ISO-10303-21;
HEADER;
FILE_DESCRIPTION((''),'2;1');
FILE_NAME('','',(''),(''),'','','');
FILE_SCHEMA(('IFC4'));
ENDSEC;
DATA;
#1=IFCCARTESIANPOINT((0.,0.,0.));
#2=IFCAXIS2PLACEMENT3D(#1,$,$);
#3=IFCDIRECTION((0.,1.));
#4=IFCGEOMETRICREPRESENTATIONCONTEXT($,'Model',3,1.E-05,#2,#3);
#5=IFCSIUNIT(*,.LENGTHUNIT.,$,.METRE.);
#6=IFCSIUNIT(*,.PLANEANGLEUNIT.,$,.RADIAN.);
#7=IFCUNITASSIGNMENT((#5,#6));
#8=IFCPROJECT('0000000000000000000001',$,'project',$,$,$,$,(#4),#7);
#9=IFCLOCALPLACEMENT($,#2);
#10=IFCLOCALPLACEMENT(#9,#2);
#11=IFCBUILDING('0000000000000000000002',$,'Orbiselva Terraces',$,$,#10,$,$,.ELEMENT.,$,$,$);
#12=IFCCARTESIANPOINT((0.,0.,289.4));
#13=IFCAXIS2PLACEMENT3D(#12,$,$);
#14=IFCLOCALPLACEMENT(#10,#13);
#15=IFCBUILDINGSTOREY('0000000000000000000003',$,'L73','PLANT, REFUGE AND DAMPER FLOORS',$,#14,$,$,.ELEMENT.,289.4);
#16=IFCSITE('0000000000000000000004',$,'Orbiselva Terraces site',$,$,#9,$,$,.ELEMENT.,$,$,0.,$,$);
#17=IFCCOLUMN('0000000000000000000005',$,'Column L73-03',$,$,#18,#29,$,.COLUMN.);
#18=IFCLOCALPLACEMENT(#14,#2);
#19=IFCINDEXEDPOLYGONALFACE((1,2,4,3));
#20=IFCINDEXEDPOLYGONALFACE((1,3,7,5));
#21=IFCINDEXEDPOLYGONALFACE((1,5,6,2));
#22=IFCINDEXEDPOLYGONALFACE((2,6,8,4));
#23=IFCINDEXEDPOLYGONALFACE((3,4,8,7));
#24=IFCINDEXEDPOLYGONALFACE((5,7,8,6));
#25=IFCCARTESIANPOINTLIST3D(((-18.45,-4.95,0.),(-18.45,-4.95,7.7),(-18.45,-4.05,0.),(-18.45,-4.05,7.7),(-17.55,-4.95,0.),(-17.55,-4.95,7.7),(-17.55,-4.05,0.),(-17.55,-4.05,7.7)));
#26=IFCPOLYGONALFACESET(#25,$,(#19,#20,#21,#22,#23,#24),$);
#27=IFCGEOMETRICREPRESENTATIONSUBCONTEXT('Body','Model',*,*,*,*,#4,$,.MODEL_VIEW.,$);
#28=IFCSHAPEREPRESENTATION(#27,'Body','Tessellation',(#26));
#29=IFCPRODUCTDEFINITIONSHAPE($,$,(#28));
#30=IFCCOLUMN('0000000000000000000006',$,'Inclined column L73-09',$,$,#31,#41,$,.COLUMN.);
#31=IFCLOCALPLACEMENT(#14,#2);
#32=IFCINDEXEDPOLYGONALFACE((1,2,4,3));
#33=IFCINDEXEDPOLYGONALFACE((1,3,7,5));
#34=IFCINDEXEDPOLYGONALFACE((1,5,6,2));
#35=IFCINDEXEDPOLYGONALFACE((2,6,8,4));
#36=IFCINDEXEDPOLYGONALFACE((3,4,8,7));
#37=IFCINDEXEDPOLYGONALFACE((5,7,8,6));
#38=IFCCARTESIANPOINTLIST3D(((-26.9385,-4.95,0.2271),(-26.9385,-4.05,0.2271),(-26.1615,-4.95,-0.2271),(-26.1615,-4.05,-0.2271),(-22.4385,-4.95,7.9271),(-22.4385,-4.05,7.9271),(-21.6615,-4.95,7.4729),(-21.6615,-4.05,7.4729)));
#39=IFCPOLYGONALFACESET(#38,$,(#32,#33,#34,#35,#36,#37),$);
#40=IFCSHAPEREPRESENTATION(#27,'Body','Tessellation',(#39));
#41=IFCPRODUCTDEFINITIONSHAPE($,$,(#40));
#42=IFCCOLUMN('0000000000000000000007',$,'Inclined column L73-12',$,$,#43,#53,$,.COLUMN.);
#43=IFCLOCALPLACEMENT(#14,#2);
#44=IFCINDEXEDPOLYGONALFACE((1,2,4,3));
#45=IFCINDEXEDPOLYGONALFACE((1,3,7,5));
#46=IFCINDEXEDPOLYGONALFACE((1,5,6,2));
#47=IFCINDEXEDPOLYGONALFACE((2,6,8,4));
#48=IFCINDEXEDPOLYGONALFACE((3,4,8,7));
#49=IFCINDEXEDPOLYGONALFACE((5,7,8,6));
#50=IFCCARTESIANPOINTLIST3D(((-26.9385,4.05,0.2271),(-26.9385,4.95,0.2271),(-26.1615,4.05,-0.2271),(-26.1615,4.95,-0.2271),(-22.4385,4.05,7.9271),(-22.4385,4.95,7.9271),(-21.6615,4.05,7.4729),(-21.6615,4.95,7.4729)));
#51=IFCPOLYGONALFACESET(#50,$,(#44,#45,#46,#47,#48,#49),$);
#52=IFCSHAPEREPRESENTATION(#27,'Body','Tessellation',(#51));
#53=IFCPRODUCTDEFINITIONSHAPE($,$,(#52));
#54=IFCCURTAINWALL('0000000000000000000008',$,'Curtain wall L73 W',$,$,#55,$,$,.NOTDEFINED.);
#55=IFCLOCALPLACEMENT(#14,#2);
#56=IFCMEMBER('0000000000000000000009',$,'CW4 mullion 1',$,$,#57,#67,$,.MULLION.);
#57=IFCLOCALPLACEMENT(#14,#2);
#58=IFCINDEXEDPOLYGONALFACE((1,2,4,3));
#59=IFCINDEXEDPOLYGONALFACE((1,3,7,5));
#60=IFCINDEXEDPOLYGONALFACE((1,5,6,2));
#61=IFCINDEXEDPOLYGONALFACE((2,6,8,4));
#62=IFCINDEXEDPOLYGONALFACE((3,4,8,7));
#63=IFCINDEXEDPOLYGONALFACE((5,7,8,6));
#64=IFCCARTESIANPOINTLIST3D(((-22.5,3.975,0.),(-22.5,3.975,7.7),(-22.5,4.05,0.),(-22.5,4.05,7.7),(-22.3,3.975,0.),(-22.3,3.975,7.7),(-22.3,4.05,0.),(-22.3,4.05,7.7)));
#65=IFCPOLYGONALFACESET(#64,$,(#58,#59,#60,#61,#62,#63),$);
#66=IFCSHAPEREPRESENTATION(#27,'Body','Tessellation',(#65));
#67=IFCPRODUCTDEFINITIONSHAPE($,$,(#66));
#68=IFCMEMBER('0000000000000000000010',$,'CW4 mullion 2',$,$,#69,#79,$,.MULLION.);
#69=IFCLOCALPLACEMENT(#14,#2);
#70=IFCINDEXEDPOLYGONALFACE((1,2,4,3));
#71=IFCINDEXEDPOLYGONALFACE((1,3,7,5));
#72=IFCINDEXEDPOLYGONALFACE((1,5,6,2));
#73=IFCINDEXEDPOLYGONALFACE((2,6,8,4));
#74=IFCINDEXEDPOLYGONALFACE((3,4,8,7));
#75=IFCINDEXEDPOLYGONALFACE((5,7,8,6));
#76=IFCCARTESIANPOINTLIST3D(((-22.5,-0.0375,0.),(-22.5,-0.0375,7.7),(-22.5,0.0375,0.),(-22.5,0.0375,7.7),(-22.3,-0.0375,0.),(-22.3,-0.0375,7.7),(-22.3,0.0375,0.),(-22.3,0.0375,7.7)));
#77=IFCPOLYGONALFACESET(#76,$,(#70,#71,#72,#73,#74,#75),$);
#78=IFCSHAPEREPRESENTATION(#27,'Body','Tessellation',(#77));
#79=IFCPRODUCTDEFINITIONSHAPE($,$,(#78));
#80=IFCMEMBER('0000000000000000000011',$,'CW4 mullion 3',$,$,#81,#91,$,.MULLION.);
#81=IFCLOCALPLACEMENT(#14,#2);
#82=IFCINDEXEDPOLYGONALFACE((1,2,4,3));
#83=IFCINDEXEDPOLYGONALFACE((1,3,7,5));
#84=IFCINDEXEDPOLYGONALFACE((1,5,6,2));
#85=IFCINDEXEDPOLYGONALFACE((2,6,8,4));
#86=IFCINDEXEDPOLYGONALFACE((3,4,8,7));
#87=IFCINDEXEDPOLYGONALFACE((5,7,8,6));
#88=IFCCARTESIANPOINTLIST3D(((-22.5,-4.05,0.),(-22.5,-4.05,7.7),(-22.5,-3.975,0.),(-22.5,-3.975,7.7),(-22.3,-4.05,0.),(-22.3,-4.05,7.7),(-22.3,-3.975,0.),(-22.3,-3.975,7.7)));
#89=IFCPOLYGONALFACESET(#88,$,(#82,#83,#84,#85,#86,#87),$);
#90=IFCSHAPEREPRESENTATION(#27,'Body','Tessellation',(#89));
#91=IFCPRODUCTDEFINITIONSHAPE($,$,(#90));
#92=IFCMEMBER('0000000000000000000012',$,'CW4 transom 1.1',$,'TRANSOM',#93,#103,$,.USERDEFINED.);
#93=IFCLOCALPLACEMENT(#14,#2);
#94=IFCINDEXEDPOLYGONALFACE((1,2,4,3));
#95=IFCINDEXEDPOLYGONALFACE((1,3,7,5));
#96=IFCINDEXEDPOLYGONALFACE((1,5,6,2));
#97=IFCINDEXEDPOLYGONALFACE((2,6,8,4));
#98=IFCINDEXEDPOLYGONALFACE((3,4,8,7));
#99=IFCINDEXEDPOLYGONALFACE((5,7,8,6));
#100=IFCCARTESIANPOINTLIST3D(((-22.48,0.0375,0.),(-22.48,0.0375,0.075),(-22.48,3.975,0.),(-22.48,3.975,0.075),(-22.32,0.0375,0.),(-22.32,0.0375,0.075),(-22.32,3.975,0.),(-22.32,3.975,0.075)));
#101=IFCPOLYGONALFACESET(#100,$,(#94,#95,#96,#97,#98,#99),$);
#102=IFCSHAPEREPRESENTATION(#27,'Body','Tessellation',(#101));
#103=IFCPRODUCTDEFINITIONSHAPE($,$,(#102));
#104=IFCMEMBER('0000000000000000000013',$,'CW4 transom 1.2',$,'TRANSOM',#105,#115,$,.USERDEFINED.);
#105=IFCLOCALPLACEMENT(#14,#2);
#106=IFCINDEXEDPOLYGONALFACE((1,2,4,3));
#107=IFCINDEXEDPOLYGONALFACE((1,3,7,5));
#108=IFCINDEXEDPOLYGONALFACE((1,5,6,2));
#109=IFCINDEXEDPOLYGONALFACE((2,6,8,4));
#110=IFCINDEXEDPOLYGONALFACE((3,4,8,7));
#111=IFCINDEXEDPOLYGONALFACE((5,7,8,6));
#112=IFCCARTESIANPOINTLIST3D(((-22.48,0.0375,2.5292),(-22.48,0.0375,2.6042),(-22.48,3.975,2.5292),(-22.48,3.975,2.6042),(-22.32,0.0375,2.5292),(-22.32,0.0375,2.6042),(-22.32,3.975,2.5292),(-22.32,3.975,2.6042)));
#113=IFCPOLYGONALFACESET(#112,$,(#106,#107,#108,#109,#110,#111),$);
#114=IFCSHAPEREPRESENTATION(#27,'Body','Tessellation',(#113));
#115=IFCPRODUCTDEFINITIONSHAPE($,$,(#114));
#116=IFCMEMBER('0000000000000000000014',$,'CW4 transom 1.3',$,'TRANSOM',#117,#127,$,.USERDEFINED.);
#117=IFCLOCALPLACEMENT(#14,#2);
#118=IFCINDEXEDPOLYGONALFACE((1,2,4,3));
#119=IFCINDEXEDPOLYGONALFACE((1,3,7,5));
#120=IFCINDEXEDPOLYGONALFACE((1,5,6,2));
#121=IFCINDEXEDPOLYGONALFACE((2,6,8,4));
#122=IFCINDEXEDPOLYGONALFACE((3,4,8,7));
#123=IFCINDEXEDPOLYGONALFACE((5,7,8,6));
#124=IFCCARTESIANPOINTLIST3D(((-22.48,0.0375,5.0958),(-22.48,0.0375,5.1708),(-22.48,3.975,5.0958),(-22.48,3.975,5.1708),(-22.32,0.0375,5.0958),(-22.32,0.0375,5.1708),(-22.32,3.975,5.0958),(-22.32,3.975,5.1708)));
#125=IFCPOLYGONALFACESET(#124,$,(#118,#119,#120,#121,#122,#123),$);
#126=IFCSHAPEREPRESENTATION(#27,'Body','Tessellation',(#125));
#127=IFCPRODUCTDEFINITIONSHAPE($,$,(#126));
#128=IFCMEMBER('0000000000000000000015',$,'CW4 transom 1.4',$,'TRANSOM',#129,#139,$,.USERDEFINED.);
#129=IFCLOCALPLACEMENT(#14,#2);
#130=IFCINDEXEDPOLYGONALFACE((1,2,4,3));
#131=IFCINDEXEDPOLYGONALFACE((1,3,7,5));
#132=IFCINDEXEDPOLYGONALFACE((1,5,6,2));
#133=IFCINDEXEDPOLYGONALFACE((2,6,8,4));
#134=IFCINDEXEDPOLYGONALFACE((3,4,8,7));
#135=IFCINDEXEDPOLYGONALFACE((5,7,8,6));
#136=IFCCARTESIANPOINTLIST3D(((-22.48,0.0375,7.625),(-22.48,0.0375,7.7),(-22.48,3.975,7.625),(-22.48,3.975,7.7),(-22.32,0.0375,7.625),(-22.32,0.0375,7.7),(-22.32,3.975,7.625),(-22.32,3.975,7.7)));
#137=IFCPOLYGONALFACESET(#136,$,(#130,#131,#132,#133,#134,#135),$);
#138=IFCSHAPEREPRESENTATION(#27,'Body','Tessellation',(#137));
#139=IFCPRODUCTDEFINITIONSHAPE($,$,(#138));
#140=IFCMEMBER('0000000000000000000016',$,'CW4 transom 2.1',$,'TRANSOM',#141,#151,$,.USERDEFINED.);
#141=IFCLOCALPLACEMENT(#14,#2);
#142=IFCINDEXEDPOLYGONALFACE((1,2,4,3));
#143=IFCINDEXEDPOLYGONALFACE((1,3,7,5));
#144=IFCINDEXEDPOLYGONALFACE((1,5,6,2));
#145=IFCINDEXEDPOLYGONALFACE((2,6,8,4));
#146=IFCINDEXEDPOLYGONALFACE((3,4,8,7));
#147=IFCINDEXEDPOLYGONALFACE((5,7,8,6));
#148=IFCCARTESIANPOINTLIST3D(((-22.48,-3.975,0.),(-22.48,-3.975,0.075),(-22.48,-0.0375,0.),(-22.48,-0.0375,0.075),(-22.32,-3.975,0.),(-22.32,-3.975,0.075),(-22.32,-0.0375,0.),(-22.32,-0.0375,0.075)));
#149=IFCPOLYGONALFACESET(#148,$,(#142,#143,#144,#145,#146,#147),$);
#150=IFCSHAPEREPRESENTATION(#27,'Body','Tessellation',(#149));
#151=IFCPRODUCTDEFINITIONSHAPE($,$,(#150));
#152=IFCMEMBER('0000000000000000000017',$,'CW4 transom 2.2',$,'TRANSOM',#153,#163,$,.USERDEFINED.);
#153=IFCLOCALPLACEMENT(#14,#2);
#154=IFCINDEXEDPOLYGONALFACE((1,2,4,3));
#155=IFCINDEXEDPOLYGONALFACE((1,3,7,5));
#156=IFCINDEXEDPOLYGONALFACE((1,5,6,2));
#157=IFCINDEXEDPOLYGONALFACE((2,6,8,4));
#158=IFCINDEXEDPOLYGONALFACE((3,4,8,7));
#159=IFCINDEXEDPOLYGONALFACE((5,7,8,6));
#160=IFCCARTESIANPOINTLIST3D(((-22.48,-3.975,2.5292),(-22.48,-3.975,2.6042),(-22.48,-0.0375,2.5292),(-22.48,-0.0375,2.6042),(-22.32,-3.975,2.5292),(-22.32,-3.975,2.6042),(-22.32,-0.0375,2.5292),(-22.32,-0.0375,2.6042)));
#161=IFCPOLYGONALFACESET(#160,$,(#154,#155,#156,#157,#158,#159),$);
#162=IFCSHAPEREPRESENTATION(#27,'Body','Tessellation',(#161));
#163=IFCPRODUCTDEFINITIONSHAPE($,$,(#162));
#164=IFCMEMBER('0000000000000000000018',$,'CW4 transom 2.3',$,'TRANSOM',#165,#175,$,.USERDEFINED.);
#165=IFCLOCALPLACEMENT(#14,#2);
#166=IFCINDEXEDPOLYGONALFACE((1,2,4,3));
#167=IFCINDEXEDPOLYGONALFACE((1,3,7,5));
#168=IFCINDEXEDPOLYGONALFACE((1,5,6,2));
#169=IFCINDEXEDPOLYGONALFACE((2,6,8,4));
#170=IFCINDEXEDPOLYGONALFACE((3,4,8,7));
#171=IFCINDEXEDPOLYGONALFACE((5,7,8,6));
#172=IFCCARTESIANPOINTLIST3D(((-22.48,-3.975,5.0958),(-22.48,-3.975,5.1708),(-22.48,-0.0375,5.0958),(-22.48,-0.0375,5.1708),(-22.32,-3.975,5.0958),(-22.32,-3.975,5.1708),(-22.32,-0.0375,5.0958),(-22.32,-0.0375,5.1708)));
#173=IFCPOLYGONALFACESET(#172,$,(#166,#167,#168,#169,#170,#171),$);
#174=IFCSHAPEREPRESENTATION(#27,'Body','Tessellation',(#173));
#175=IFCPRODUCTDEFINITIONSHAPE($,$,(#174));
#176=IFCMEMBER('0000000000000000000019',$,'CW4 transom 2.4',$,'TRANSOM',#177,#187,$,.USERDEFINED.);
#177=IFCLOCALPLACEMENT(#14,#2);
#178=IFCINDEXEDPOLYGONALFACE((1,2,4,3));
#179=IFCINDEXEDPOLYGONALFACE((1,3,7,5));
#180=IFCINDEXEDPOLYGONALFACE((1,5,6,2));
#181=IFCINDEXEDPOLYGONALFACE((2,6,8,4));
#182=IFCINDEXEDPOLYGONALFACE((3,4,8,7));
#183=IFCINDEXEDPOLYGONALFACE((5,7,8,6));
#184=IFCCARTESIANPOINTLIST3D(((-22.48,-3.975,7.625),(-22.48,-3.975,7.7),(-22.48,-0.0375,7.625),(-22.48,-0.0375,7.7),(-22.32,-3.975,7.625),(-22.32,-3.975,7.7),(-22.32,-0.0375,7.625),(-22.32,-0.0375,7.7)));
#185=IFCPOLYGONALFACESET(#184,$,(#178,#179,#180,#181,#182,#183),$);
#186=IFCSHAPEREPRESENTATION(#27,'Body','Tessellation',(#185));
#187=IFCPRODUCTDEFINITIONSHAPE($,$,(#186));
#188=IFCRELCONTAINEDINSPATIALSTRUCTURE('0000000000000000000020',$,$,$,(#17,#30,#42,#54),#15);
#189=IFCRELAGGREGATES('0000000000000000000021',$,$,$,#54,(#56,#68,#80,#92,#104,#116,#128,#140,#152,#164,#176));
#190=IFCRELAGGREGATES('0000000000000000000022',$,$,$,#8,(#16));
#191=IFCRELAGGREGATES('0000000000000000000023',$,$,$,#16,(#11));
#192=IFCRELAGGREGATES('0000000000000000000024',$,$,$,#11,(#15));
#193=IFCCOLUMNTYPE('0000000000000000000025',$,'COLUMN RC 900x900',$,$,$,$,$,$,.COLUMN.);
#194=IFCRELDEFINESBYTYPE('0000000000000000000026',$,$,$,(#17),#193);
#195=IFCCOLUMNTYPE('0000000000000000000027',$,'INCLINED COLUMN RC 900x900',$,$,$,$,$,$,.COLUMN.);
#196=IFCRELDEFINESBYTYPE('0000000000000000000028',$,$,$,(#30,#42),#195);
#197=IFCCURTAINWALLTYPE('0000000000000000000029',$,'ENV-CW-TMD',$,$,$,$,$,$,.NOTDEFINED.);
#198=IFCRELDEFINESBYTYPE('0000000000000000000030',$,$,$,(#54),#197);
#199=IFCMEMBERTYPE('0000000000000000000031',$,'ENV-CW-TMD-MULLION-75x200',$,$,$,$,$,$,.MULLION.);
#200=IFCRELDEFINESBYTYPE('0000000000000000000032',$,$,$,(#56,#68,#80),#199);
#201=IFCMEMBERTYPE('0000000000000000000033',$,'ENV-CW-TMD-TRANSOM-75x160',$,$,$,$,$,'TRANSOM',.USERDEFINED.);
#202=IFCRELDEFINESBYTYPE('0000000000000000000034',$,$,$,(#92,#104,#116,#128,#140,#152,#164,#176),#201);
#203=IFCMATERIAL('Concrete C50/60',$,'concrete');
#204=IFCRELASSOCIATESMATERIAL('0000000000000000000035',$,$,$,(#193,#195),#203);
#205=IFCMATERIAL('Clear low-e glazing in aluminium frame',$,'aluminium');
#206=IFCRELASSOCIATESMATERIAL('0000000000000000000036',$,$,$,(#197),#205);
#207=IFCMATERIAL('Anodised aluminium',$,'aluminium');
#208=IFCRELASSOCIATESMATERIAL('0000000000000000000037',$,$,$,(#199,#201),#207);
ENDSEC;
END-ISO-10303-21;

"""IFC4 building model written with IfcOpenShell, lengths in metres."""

from ifc_helpers import new_model, si_unit, direction, frame, origin, origin_2d, place, context, subcontext, project, spatial, rectangle, extrude, material, material_profile, profile_set, type_object, element, aggregate, save


model = new_model("IFC4")

# Units and contexts
model_context = context("Model", 3, precision=1e-05, world=origin(), true_north=direction((0.0, 1.0)))
body_context = subcontext(model_context, "Body", "Model", "MODEL_VIEW")
ifc_project = project(units=[si_unit("LENGTHUNIT", "METRE"), si_unit("PLANEANGLEUNIT", "RADIAN")], contexts=[model_context])

# Site, building, storey
site_placement = place(None, origin())
site = spatial("IfcSite", under=ifc_project, at=site_placement, Name="Orbiselva Terraces site", CompositionType="ELEMENT", RefElevation=0.0)
building_placement = place(site_placement, origin())
building = spatial("IfcBuilding", under=site, at=building_placement, Name="Orbiselva Terraces", CompositionType="ELEMENT")
storey_placement = place(building_placement, frame((0.0, 0.0, 289.4)))
storey = spatial("IfcBuildingStorey", under=building, at=storey_placement, Name="L73", Description="PLANT, REFUGE AND DAMPER FLOORS", CompositionType="ELEMENT", Elevation=289.4)

# Columns
ifc_material_1 = material(Name="Concrete C50/60", Category="concrete")
ifc_material_profile_1 = material_profile(ifc_material_1, rectangle(XDim=0.9, YDim=0.9, at=origin_2d()), Name="RC 900x900")
ifc_profile_set_1 = profile_set([ifc_material_profile_1], Name="Concrete C50/60")
column_type_1 = type_object("IfcColumnType", Name="COLUMN RC 900x900", PredefinedType="COLUMN", material=ifc_profile_set_1)
column_placement = place(storey_placement, frame((-18.0, -4.5, 0.0), z_axis=(0.0, 0.0, 1.0), x_axis=(1.0, 0.0, 0.0)))
element("IfcColumn", 1, at=column_placement, inside=storey, type_object=column_type_1, Name="Column L73-03", PredefinedType="COLUMN", context=body_context, shape_type="SweptSolid", body=[
    extrude(rectangle(XDim=0.9, YDim=0.9, at=origin_2d()), origin(), (0.0, 0.0, 1.0), 7.7),
])
ifc_material_profile_2 = material_profile(ifc_material_1, rectangle(XDim=0.9, YDim=0.9, at=origin_2d()), Name="RC 900x900")
ifc_profile_set_2 = profile_set([ifc_material_profile_2], Name="Concrete C50/60")
column_type_2 = type_object("IfcColumnType", Name="INCLINED COLUMN RC 900x900", PredefinedType="COLUMN", material=ifc_profile_set_2)
for number, where, z_axis, x_axis, name in (
    (2, (-26.55, -4.5, 0.0), (0.504568, 0.0, 0.863372), (0.0, 1.0, 0.0), "Inclined column L73-09"),
    (3, (-26.55, 4.5, 0.0), (0.504568, 0.0, 0.863372), (0.0, 1.0, 0.0), "Inclined column L73-12"),
):
    element("IfcColumn", number, at=place(storey_placement, frame(where, z_axis=z_axis, x_axis=x_axis)), inside=storey, type_object=column_type_2, Name=name, PredefinedType="COLUMN", context=body_context, shape_type="SweptSolid", body=[
        extrude(rectangle(XDim=0.9, YDim=0.9, at=origin_2d()), origin(), (0.0, 0.0, 1.0), 8.9185),
    ])

# Curtain wall, members
ifc_material_2 = material(Name="Clear low-e glazing in aluminium frame", Category="aluminium")
curtain_wall_type = type_object("IfcCurtainWallType", Name="ENV-CW-TMD", PredefinedType="NOTDEFINED", material=ifc_material_2)
curtain_wall_placement = place(storey_placement, origin())
curtain_wall = element("IfcCurtainWall", 4, at=curtain_wall_placement, inside=storey, type_object=curtain_wall_type, Name="Curtain wall L73 W", PredefinedType="NOTDEFINED")
ifc_material_3 = material(Name="Anodised aluminium", Category="aluminium")
ifc_material_profile_3 = material_profile(ifc_material_3, rectangle(XDim=0.2, YDim=0.075, at=origin_2d()), Name="AL 75x200")
ifc_profile_set_3 = profile_set([ifc_material_profile_3], Name="Anodised aluminium")
member_type_1 = type_object("IfcMemberType", Name="ENV-CW-TMD-MULLION-75x200", PredefinedType="MULLION", material=ifc_profile_set_3)
member_1_placement = place(storey_placement, frame((-22.4, 4.0125, 0.0), z_axis=(0.0, 0.0, 1.0), x_axis=(1.0, 0.0, 0.0)))
member_1 = element("IfcMember", 5, at=member_1_placement, type_object=member_type_1, Name="CW4 mullion 1", PredefinedType="MULLION", context=body_context, shape_type="SweptSolid", body=[
    extrude(rectangle(XDim=0.2, YDim=0.075, at=origin_2d()), origin(), (0.0, 0.0, 1.0), 7.7),
])
member_2_placement = place(storey_placement, frame((-22.4, 0.0, 0.0), z_axis=(0.0, 0.0, 1.0), x_axis=(1.0, 0.0, 0.0)))
member_2 = element("IfcMember", 6, at=member_2_placement, type_object=member_type_1, Name="CW4 mullion 2", PredefinedType="MULLION", context=body_context, shape_type="SweptSolid", body=[
    extrude(rectangle(XDim=0.2, YDim=0.075, at=origin_2d()), origin(), (0.0, 0.0, 1.0), 7.7),
])
member_3_placement = place(storey_placement, frame((-22.4, -4.0125, 0.0), z_axis=(0.0, 0.0, 1.0), x_axis=(1.0, 0.0, 0.0)))
member_3 = element("IfcMember", 7, at=member_3_placement, type_object=member_type_1, Name="CW4 mullion 3", PredefinedType="MULLION", context=body_context, shape_type="SweptSolid", body=[
    extrude(rectangle(XDim=0.2, YDim=0.075, at=origin_2d()), origin(), (0.0, 0.0, 1.0), 7.7),
])
ifc_material_profile_4 = material_profile(ifc_material_3, rectangle(XDim=0.16, YDim=0.075, at=origin_2d()), Name="AL 75x160")
ifc_profile_set_4 = profile_set([ifc_material_profile_4], Name="Anodised aluminium")
member_type_2 = type_object("IfcMemberType", Name="ENV-CW-TMD-TRANSOM-75x160", ElementType="TRANSOM", PredefinedType="USERDEFINED", material=ifc_profile_set_4)
member_4_placement = place(storey_placement, frame((-22.4, 3.975, 0.0375), z_axis=(0.0, -1.0, 0.0), x_axis=(1.0, 0.0, 0.0)))
member_4 = element("IfcMember", 8, at=member_4_placement, type_object=member_type_2, Name="CW4 transom 1.1", ObjectType="TRANSOM", PredefinedType="USERDEFINED", context=body_context, shape_type="SweptSolid", body=[
    extrude(rectangle(XDim=0.16, YDim=0.075, at=origin_2d()), origin(), (0.0, 0.0, 1.0), 3.9375),
])
member_5_placement = place(storey_placement, frame((-22.4, 3.975, 2.5667), z_axis=(0.0, -1.0, 0.0), x_axis=(1.0, 0.0, 0.0)))
member_5 = element("IfcMember", 9, at=member_5_placement, type_object=member_type_2, Name="CW4 transom 1.2", ObjectType="TRANSOM", PredefinedType="USERDEFINED", context=body_context, shape_type="SweptSolid", body=[
    extrude(rectangle(XDim=0.16, YDim=0.075, at=origin_2d()), origin(), (0.0, 0.0, 1.0), 3.9375),
])
member_6_placement = place(storey_placement, frame((-22.4, 3.975, 5.1333), z_axis=(0.0, -1.0, 0.0), x_axis=(1.0, 0.0, 0.0)))
member_6 = element("IfcMember", 10, at=member_6_placement, type_object=member_type_2, Name="CW4 transom 1.3", ObjectType="TRANSOM", PredefinedType="USERDEFINED", context=body_context, shape_type="SweptSolid", body=[
    extrude(rectangle(XDim=0.16, YDim=0.075, at=origin_2d()), origin(), (0.0, 0.0, 1.0), 3.9375),
])
member_7_placement = place(storey_placement, frame((-22.4, 3.975, 7.6625), z_axis=(0.0, -1.0, 0.0), x_axis=(1.0, 0.0, 0.0)))
member_7 = element("IfcMember", 11, at=member_7_placement, type_object=member_type_2, Name="CW4 transom 1.4", ObjectType="TRANSOM", PredefinedType="USERDEFINED", context=body_context, shape_type="SweptSolid", body=[
    extrude(rectangle(XDim=0.16, YDim=0.075, at=origin_2d()), origin(), (0.0, 0.0, 1.0), 3.9375),
])
member_8_placement = place(storey_placement, frame((-22.4, -0.0375, 0.0375), z_axis=(0.0, -1.0, 0.0), x_axis=(1.0, 0.0, 0.0)))
member_8 = element("IfcMember", 12, at=member_8_placement, type_object=member_type_2, Name="CW4 transom 2.1", ObjectType="TRANSOM", PredefinedType="USERDEFINED", context=body_context, shape_type="SweptSolid", body=[
    extrude(rectangle(XDim=0.16, YDim=0.075, at=origin_2d()), origin(), (0.0, 0.0, 1.0), 3.9375),
])
member_9_placement = place(storey_placement, frame((-22.4, -0.0375, 2.5667), z_axis=(0.0, -1.0, 0.0), x_axis=(1.0, 0.0, 0.0)))
member_9 = element("IfcMember", 13, at=member_9_placement, type_object=member_type_2, Name="CW4 transom 2.2", ObjectType="TRANSOM", PredefinedType="USERDEFINED", context=body_context, shape_type="SweptSolid", body=[
    extrude(rectangle(XDim=0.16, YDim=0.075, at=origin_2d()), origin(), (0.0, 0.0, 1.0), 3.9375),
])
member_10_placement = place(storey_placement, frame((-22.4, -0.0375, 5.1333), z_axis=(0.0, -1.0, 0.0), x_axis=(1.0, 0.0, 0.0)))
member_10 = element("IfcMember", 14, at=member_10_placement, type_object=member_type_2, Name="CW4 transom 2.3", ObjectType="TRANSOM", PredefinedType="USERDEFINED", context=body_context, shape_type="SweptSolid", body=[
    extrude(rectangle(XDim=0.16, YDim=0.075, at=origin_2d()), origin(), (0.0, 0.0, 1.0), 3.9375),
])
member_11_placement = place(storey_placement, frame((-22.4, -0.0375, 7.6625), z_axis=(0.0, -1.0, 0.0), x_axis=(1.0, 0.0, 0.0)))
member_11 = element("IfcMember", 15, at=member_11_placement, type_object=member_type_2, Name="CW4 transom 2.4", ObjectType="TRANSOM", PredefinedType="USERDEFINED", context=body_context, shape_type="SweptSolid", body=[
    extrude(rectangle(XDim=0.16, YDim=0.075, at=origin_2d()), origin(), (0.0, 0.0, 1.0), 3.9375),
])
aggregate(curtain_wall, [member_1, member_2, member_3, member_4, member_5, member_6, member_7, member_8, member_9, member_10, member_11])

save(model, "model.ifc")
